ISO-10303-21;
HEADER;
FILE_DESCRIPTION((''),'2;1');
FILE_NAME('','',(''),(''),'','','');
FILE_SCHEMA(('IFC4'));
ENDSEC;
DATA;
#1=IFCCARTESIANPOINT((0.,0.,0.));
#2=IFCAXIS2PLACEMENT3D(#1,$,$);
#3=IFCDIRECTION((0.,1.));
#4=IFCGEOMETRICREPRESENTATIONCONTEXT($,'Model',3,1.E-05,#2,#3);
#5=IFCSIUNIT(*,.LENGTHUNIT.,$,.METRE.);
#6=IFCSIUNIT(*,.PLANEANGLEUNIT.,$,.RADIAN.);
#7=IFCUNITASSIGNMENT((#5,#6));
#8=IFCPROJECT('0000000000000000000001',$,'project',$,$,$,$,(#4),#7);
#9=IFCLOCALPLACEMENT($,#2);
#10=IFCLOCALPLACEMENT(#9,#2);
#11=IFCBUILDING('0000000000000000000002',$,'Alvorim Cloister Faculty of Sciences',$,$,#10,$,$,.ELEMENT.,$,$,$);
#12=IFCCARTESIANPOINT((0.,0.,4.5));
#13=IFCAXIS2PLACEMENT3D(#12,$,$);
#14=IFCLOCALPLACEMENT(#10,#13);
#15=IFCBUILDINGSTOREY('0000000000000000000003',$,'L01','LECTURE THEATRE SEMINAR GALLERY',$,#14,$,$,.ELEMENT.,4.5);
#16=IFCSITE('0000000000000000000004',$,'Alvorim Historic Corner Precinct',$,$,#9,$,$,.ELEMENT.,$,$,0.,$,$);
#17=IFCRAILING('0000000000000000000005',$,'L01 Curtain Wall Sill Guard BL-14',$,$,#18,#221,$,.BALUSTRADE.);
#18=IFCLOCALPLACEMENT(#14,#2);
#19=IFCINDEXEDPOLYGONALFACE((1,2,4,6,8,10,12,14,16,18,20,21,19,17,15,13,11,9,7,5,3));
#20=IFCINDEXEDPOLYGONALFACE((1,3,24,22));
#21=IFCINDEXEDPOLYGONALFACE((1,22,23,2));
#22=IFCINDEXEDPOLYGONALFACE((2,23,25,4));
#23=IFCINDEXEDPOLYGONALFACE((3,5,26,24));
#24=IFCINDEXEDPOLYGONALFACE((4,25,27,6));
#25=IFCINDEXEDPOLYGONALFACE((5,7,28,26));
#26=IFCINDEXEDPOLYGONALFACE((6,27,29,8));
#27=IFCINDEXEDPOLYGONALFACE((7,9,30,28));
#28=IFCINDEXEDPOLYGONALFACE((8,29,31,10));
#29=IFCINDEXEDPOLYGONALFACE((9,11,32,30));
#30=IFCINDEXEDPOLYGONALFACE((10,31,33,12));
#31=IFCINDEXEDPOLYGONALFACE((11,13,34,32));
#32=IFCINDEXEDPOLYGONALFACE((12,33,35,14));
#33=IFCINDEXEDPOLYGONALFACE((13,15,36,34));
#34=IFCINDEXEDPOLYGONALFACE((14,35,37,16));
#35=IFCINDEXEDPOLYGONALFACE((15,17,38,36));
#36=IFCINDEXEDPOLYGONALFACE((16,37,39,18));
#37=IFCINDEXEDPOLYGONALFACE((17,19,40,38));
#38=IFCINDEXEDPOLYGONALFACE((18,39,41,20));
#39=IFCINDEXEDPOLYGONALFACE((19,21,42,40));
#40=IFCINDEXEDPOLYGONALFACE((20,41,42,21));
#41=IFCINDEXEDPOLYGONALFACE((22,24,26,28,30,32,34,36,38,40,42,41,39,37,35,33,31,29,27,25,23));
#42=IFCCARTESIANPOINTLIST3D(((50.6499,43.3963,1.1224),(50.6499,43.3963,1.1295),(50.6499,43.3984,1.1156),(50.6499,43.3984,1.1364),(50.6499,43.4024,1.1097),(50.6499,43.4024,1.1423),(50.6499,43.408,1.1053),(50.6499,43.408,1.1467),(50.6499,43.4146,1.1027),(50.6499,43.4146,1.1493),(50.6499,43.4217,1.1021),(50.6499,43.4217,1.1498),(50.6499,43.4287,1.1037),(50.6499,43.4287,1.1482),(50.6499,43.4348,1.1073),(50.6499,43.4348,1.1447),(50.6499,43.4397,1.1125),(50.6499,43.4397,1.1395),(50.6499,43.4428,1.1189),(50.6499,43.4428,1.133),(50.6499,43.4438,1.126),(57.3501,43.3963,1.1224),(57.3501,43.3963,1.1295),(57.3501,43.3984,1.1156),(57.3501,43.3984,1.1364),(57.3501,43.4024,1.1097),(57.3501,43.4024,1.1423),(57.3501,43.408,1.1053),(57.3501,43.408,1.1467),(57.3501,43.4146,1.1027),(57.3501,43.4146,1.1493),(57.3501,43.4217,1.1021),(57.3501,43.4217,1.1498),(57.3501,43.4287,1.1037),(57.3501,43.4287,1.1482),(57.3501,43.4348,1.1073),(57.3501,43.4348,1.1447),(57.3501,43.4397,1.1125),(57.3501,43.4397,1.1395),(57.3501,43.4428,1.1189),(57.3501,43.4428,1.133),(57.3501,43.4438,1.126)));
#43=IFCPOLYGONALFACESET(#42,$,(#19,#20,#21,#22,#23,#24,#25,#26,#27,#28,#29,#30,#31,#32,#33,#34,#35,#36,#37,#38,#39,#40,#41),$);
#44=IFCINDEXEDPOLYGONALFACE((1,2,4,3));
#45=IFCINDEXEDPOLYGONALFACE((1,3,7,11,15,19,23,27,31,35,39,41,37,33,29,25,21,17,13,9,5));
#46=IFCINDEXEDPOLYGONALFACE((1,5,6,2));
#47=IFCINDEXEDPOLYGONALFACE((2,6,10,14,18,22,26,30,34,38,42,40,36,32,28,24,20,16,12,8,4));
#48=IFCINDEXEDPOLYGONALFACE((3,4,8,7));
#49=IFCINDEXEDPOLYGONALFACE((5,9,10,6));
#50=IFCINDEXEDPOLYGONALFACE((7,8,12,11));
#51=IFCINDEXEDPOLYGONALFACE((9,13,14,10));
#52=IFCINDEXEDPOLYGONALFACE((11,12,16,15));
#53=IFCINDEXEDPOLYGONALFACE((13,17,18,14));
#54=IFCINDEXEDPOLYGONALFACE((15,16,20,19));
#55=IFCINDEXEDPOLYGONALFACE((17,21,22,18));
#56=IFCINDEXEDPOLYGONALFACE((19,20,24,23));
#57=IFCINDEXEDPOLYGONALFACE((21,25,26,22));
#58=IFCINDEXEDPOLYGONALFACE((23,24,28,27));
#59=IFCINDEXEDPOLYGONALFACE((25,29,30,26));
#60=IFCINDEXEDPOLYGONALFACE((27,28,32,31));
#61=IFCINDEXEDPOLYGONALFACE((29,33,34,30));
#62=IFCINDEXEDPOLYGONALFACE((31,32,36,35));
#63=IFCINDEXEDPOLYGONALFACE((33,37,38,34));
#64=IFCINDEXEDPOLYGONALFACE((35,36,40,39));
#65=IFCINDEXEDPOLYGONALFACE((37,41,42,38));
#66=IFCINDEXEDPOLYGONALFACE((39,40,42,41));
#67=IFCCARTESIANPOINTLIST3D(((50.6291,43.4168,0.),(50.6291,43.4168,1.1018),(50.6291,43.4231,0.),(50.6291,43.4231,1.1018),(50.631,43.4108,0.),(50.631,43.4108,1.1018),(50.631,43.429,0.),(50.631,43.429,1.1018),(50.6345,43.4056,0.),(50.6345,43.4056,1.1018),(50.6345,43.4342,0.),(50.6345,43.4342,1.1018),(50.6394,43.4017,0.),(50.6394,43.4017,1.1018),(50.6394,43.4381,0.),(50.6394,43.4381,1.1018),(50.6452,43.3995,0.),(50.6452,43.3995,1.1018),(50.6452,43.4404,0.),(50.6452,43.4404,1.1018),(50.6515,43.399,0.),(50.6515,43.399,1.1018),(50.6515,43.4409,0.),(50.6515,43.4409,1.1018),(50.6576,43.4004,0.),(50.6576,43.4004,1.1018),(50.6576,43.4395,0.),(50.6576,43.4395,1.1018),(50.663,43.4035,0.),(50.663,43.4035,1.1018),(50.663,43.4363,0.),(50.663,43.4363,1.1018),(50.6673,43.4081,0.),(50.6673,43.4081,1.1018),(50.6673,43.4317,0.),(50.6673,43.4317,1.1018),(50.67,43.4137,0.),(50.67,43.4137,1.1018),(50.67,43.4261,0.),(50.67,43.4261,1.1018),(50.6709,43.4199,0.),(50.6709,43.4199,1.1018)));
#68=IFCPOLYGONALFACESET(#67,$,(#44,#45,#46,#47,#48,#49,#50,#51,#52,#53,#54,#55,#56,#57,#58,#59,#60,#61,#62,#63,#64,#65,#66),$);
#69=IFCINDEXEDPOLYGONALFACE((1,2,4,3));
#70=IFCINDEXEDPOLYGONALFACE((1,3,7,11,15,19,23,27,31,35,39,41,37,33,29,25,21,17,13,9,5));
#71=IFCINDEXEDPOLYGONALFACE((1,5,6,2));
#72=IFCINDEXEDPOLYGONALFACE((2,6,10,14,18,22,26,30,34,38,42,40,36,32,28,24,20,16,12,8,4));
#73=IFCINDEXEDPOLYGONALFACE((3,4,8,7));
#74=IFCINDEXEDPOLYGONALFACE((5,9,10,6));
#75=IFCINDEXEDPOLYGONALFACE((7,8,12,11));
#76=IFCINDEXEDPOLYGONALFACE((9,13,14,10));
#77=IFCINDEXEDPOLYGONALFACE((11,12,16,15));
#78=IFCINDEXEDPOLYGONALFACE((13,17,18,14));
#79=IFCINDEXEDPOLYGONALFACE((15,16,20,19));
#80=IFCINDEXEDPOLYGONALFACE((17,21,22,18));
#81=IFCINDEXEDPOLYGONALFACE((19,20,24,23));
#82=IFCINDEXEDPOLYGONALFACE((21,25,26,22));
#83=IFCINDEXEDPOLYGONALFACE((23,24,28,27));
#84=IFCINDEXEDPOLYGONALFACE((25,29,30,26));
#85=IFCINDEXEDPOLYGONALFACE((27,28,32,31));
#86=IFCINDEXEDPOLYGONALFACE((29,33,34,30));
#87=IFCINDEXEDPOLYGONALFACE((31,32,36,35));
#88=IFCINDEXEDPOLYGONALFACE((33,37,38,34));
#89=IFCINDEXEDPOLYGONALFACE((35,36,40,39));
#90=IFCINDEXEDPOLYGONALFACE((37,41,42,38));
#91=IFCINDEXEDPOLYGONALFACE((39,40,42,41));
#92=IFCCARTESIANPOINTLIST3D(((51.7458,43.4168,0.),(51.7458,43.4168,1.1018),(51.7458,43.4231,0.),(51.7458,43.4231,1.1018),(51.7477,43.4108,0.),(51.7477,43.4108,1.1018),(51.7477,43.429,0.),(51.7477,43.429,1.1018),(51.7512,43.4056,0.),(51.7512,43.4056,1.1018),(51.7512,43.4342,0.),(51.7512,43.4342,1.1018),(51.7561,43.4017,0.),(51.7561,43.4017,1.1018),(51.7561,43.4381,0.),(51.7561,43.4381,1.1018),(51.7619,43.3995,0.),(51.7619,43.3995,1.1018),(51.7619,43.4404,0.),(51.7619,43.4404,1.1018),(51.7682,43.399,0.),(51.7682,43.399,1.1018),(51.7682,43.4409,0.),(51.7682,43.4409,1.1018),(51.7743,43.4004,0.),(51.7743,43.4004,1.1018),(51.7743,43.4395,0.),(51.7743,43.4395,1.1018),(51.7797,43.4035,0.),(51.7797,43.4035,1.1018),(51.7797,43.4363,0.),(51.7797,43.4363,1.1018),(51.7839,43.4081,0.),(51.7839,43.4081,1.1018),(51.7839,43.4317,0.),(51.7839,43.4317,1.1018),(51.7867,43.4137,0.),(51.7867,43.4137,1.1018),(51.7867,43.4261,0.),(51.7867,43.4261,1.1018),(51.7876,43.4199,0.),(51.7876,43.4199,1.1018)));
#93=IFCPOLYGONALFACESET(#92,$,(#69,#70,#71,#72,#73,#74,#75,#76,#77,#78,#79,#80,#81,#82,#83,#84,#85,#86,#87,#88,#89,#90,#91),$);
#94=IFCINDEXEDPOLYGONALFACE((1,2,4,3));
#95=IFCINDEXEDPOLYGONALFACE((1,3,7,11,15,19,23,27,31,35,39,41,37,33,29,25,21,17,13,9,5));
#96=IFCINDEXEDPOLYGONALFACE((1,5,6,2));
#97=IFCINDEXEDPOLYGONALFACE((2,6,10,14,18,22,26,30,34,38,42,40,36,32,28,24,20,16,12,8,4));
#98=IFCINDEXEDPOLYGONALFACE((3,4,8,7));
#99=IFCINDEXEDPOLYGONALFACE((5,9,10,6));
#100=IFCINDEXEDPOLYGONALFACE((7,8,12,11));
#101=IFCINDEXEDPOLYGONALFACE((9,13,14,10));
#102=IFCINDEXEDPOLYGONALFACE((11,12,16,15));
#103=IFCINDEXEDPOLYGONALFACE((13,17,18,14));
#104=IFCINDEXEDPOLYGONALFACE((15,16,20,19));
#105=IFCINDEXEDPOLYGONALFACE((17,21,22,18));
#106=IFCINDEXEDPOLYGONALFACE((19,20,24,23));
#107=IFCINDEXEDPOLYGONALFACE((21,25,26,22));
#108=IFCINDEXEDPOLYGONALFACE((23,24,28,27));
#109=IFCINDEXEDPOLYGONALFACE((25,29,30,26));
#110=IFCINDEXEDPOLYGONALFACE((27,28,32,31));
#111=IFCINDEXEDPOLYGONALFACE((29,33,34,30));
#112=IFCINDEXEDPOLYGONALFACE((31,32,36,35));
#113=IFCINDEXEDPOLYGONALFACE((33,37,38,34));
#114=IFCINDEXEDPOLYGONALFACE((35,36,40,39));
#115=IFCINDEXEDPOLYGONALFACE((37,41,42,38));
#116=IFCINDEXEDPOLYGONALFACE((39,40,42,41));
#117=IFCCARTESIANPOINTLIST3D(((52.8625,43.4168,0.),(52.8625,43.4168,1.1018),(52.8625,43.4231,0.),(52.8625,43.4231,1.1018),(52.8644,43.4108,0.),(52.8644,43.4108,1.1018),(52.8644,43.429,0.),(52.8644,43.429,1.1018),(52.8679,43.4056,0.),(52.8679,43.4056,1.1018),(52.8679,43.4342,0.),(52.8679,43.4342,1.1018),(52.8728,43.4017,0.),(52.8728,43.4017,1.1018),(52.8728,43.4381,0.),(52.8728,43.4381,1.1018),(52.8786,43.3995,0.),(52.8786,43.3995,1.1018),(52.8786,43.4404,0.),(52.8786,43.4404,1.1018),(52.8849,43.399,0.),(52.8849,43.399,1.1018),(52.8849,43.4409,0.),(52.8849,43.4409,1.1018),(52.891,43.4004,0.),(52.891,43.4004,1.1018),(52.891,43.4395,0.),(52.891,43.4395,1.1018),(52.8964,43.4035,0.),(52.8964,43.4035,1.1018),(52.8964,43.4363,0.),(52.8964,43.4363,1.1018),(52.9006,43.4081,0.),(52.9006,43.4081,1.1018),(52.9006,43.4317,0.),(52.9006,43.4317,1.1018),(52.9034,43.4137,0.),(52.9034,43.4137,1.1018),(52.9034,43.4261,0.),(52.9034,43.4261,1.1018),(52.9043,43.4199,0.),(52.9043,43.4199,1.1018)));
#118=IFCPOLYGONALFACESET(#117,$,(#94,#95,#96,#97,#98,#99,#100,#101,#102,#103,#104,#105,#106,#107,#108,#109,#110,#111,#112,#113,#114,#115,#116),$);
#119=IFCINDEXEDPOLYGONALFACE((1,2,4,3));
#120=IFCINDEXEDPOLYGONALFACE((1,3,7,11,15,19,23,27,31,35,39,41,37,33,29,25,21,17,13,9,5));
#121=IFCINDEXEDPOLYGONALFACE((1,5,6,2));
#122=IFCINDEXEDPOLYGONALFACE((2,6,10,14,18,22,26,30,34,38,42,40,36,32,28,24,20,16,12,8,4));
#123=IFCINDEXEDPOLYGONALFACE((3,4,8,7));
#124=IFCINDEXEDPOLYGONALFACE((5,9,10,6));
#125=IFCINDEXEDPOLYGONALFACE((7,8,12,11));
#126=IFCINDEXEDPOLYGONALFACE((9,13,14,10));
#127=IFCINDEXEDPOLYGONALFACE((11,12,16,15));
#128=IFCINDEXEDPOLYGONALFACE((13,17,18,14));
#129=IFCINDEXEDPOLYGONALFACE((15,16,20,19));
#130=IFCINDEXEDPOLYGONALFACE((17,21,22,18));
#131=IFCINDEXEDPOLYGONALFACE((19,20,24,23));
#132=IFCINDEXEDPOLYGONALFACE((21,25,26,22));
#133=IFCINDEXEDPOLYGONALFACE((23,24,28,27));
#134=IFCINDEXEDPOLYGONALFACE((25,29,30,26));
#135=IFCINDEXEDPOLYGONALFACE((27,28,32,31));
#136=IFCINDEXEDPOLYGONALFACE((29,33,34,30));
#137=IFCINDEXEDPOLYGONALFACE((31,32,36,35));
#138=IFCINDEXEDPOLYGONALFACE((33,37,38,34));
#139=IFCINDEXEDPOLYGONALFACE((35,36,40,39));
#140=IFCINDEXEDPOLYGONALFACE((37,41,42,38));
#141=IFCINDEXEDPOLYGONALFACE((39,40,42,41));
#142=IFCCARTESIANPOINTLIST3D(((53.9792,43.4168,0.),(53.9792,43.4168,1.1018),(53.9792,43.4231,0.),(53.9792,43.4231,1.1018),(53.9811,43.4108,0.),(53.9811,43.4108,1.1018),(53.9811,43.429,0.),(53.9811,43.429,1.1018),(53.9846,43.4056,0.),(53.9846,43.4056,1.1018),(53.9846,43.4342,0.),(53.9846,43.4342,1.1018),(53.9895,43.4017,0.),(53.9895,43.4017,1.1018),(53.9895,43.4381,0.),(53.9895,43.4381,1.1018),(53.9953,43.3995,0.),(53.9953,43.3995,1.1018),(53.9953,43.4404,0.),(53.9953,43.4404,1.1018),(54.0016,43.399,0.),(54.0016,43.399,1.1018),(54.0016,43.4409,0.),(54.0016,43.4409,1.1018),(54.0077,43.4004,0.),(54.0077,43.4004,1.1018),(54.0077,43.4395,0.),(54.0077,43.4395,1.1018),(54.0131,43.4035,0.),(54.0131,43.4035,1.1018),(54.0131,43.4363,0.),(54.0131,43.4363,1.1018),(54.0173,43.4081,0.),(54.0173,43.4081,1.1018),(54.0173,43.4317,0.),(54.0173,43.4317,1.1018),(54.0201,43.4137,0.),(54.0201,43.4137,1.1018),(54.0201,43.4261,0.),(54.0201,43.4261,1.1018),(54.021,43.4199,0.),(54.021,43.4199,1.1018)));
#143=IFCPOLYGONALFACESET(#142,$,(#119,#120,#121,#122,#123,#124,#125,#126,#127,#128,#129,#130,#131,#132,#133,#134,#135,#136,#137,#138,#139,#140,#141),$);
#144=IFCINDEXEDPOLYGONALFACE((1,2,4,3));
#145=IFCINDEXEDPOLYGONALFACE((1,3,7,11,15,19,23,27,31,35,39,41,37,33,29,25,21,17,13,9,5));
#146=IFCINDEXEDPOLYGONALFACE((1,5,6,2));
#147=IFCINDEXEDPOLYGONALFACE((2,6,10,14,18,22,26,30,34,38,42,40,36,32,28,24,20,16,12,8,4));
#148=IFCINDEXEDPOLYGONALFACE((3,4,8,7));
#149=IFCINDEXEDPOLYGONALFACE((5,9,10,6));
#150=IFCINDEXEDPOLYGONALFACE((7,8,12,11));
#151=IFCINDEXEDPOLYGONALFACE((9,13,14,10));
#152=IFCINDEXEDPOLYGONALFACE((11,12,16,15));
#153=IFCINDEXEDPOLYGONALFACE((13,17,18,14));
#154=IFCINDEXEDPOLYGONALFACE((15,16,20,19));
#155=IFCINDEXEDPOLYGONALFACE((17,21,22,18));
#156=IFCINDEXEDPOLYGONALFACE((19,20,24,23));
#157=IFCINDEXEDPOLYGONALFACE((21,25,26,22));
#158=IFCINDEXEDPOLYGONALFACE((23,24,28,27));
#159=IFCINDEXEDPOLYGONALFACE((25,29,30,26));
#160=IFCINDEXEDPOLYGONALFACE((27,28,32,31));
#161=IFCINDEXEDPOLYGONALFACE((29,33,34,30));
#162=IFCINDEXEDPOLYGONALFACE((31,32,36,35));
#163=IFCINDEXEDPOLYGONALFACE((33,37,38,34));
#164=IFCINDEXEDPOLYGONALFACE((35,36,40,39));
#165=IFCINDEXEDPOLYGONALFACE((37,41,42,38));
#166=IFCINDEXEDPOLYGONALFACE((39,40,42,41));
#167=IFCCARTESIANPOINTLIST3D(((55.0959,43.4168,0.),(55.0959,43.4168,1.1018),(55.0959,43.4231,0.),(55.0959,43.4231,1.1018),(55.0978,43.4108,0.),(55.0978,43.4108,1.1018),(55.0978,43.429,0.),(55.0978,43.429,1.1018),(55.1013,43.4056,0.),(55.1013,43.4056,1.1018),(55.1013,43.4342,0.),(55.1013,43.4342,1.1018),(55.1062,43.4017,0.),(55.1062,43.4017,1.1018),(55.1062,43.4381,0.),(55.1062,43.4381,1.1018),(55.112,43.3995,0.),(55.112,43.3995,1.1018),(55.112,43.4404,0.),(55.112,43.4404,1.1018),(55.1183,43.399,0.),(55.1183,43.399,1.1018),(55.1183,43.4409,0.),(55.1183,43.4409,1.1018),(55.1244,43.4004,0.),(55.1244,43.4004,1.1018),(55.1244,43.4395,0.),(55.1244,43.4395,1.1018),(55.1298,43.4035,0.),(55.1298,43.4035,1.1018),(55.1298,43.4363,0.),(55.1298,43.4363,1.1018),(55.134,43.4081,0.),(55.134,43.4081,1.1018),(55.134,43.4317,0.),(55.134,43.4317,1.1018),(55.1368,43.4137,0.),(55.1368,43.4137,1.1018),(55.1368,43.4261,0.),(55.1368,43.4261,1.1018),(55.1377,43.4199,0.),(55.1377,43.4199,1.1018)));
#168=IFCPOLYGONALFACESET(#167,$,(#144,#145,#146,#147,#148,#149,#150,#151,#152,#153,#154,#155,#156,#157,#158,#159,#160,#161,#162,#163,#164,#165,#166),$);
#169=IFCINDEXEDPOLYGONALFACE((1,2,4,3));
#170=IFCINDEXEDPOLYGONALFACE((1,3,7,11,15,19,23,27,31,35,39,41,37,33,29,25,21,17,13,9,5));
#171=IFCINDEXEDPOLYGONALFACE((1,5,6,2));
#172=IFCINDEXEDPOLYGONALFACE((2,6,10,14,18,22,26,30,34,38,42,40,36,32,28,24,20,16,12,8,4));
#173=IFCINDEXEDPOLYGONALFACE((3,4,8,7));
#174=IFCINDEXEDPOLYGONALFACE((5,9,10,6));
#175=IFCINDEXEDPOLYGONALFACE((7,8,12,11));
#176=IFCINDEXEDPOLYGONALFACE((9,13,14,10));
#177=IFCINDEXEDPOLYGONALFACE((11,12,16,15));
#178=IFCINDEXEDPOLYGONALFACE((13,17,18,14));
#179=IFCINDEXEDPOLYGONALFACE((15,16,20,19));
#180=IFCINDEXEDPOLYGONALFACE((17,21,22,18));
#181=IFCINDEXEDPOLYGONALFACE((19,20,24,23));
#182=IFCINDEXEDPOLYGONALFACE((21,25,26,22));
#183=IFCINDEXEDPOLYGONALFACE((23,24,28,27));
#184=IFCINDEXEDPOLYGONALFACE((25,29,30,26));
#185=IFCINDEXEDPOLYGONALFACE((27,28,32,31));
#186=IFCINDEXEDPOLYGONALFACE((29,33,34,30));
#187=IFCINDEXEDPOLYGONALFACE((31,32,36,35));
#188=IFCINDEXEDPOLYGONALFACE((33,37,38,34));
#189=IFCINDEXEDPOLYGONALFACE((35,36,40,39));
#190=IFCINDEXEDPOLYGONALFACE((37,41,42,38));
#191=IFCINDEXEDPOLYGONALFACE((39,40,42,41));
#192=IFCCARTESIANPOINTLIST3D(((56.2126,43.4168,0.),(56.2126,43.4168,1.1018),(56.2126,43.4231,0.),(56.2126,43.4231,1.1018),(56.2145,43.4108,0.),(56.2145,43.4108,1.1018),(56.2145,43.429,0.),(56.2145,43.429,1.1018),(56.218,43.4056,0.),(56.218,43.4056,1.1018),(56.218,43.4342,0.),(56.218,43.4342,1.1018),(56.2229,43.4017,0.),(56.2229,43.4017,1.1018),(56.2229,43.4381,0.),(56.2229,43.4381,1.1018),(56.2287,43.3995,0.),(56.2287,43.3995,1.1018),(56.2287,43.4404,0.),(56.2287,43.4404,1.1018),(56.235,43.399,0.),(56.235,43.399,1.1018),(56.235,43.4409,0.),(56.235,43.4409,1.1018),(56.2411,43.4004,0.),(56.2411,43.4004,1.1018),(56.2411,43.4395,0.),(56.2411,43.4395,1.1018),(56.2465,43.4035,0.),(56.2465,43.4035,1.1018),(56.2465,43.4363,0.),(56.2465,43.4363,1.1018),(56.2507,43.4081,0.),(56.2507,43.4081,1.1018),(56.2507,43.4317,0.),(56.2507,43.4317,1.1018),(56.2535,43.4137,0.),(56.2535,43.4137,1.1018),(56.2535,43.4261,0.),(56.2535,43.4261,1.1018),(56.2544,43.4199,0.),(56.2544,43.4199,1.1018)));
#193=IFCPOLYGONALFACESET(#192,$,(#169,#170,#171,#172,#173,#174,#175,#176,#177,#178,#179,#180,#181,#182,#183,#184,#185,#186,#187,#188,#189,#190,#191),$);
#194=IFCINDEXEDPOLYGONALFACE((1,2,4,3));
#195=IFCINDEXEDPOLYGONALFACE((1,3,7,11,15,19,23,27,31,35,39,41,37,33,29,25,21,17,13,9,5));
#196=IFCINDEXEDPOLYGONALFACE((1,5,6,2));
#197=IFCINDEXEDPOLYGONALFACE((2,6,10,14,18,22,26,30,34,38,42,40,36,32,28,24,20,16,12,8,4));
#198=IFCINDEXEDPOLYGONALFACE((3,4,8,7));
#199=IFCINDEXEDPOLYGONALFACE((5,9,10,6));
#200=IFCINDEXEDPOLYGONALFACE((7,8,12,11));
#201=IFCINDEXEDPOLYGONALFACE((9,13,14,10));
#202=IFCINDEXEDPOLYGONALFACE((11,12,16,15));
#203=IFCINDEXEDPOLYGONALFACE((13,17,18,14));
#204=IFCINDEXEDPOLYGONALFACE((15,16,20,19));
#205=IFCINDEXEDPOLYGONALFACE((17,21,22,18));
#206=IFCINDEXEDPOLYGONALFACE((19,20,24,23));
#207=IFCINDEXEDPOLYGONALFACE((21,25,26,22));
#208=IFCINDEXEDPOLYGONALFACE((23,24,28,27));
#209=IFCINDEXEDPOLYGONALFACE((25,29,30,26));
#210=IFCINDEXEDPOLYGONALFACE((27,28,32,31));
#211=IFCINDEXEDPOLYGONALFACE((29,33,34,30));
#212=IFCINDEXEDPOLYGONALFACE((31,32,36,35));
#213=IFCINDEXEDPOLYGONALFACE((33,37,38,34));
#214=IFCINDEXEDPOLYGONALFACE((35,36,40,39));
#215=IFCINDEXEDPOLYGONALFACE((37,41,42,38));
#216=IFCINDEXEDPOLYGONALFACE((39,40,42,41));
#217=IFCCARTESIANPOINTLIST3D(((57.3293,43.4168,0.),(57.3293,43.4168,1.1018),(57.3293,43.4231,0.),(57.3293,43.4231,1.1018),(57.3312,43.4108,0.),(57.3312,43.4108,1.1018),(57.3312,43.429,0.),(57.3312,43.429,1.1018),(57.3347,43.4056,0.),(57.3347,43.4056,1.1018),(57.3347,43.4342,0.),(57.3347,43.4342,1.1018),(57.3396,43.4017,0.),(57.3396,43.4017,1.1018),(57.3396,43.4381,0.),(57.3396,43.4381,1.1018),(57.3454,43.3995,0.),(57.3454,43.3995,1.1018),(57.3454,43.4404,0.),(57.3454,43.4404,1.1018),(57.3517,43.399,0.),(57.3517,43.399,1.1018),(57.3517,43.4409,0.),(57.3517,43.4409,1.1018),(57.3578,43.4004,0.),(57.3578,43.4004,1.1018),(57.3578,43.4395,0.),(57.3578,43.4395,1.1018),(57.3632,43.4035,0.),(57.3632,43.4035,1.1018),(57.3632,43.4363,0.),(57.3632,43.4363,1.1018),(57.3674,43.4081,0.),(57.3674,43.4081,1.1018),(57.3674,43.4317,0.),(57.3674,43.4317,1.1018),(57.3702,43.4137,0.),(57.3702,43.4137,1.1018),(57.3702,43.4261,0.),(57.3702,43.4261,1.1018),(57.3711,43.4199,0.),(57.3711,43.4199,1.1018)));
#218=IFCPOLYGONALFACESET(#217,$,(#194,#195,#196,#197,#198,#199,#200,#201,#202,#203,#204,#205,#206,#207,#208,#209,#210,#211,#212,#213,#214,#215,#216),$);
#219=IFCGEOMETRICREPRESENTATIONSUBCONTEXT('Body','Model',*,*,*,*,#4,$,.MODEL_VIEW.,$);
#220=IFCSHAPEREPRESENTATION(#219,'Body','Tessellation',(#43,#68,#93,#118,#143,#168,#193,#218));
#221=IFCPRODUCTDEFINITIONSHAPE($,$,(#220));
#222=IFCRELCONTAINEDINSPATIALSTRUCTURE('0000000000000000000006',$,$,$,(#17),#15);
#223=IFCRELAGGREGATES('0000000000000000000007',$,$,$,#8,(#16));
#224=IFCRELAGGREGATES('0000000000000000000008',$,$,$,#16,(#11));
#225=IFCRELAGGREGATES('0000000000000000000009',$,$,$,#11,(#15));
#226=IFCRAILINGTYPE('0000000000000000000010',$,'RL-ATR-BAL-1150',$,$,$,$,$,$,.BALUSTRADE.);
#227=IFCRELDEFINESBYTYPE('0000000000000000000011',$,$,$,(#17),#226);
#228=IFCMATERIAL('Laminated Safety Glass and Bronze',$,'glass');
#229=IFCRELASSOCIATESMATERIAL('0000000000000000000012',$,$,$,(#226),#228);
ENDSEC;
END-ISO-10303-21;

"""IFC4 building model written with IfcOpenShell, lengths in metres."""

from ifc_helpers import new_model, si_unit, direction, frame, origin, origin_2d, place, context, subcontext, project, spatial, circle, extrude, material, type_object, element, save


model = new_model("IFC4")

# Units and contexts
model_context = context("Model", 3, precision=1e-05, world=origin(), true_north=direction((0.0, 1.0)))
body_context = subcontext(model_context, "Body", "Model", "MODEL_VIEW")
ifc_project = project(units=[si_unit("LENGTHUNIT", "METRE"), si_unit("PLANEANGLEUNIT", "RADIAN")], contexts=[model_context])

# Site, building, storey
site_placement = place(None, origin())
site = spatial("IfcSite", under=ifc_project, at=site_placement, Name="Alvorim Historic Corner Precinct", CompositionType="ELEMENT", RefElevation=0.0)
building_placement = place(site_placement, origin())
building = spatial("IfcBuilding", under=site, at=building_placement, Name="Alvorim Cloister Faculty of Sciences", CompositionType="ELEMENT")
storey_placement = place(building_placement, frame((0.0, 0.0, 4.5)))
storey = spatial("IfcBuildingStorey", under=building, at=storey_placement, Name="L01", Description="LECTURE THEATRE SEMINAR GALLERY", CompositionType="ELEMENT", Elevation=4.5)

# Railing
ifc_material_1 = material(Name="Laminated Safety Glass and Bronze", Category="glass")
railing_type = type_object("IfcRailingType", Name="RL-ATR-BAL-1150", PredefinedType="BALUSTRADE", material=ifc_material_1)
railing_placement = place(storey_placement, frame((50.6499, 43.4199, 0.0)))
element("IfcRailing", 1, at=railing_placement, inside=storey, type_object=railing_type, Name="L01 Curtain Wall Sill Guard BL-14", PredefinedType="BALUSTRADE", context=body_context, shape_type="SweptSolid", body=[
    extrude(circle(Radius=0.0239, at=origin_2d()), frame((0.0, 0.0, 1.126), z_axis=(1.0, 0.0, 0.0), x_axis=(0.0, 1.0, 0.0)), (0.0, 0.0, 1.0), 6.7002),
    extrude(circle(Radius=0.021, at=origin_2d()), origin(), (0.0, 0.0, 1.0), 1.1018),
    extrude(circle(Radius=0.021, at=origin_2d()), frame((1.1167, 0.0, 0.0)), (0.0, 0.0, 1.0), 1.1018),
    extrude(circle(Radius=0.021, at=origin_2d()), frame((2.2334, 0.0, 0.0)), (0.0, 0.0, 1.0), 1.1018),
    extrude(circle(Radius=0.021, at=origin_2d()), frame((3.3501, 0.0, 0.0)), (0.0, 0.0, 1.0), 1.1018),
    extrude(circle(Radius=0.021, at=origin_2d()), frame((4.4668, 0.0, 0.0)), (0.0, 0.0, 1.0), 1.1018),
    extrude(circle(Radius=0.021, at=origin_2d()), frame((5.5835, 0.0, 0.0)), (0.0, 0.0, 1.0), 1.1018),
    extrude(circle(Radius=0.021, at=origin_2d()), frame((6.7002, 0.0, 0.0)), (0.0, 0.0, 1.0), 1.1018),
])

save(model, "model.ifc")
